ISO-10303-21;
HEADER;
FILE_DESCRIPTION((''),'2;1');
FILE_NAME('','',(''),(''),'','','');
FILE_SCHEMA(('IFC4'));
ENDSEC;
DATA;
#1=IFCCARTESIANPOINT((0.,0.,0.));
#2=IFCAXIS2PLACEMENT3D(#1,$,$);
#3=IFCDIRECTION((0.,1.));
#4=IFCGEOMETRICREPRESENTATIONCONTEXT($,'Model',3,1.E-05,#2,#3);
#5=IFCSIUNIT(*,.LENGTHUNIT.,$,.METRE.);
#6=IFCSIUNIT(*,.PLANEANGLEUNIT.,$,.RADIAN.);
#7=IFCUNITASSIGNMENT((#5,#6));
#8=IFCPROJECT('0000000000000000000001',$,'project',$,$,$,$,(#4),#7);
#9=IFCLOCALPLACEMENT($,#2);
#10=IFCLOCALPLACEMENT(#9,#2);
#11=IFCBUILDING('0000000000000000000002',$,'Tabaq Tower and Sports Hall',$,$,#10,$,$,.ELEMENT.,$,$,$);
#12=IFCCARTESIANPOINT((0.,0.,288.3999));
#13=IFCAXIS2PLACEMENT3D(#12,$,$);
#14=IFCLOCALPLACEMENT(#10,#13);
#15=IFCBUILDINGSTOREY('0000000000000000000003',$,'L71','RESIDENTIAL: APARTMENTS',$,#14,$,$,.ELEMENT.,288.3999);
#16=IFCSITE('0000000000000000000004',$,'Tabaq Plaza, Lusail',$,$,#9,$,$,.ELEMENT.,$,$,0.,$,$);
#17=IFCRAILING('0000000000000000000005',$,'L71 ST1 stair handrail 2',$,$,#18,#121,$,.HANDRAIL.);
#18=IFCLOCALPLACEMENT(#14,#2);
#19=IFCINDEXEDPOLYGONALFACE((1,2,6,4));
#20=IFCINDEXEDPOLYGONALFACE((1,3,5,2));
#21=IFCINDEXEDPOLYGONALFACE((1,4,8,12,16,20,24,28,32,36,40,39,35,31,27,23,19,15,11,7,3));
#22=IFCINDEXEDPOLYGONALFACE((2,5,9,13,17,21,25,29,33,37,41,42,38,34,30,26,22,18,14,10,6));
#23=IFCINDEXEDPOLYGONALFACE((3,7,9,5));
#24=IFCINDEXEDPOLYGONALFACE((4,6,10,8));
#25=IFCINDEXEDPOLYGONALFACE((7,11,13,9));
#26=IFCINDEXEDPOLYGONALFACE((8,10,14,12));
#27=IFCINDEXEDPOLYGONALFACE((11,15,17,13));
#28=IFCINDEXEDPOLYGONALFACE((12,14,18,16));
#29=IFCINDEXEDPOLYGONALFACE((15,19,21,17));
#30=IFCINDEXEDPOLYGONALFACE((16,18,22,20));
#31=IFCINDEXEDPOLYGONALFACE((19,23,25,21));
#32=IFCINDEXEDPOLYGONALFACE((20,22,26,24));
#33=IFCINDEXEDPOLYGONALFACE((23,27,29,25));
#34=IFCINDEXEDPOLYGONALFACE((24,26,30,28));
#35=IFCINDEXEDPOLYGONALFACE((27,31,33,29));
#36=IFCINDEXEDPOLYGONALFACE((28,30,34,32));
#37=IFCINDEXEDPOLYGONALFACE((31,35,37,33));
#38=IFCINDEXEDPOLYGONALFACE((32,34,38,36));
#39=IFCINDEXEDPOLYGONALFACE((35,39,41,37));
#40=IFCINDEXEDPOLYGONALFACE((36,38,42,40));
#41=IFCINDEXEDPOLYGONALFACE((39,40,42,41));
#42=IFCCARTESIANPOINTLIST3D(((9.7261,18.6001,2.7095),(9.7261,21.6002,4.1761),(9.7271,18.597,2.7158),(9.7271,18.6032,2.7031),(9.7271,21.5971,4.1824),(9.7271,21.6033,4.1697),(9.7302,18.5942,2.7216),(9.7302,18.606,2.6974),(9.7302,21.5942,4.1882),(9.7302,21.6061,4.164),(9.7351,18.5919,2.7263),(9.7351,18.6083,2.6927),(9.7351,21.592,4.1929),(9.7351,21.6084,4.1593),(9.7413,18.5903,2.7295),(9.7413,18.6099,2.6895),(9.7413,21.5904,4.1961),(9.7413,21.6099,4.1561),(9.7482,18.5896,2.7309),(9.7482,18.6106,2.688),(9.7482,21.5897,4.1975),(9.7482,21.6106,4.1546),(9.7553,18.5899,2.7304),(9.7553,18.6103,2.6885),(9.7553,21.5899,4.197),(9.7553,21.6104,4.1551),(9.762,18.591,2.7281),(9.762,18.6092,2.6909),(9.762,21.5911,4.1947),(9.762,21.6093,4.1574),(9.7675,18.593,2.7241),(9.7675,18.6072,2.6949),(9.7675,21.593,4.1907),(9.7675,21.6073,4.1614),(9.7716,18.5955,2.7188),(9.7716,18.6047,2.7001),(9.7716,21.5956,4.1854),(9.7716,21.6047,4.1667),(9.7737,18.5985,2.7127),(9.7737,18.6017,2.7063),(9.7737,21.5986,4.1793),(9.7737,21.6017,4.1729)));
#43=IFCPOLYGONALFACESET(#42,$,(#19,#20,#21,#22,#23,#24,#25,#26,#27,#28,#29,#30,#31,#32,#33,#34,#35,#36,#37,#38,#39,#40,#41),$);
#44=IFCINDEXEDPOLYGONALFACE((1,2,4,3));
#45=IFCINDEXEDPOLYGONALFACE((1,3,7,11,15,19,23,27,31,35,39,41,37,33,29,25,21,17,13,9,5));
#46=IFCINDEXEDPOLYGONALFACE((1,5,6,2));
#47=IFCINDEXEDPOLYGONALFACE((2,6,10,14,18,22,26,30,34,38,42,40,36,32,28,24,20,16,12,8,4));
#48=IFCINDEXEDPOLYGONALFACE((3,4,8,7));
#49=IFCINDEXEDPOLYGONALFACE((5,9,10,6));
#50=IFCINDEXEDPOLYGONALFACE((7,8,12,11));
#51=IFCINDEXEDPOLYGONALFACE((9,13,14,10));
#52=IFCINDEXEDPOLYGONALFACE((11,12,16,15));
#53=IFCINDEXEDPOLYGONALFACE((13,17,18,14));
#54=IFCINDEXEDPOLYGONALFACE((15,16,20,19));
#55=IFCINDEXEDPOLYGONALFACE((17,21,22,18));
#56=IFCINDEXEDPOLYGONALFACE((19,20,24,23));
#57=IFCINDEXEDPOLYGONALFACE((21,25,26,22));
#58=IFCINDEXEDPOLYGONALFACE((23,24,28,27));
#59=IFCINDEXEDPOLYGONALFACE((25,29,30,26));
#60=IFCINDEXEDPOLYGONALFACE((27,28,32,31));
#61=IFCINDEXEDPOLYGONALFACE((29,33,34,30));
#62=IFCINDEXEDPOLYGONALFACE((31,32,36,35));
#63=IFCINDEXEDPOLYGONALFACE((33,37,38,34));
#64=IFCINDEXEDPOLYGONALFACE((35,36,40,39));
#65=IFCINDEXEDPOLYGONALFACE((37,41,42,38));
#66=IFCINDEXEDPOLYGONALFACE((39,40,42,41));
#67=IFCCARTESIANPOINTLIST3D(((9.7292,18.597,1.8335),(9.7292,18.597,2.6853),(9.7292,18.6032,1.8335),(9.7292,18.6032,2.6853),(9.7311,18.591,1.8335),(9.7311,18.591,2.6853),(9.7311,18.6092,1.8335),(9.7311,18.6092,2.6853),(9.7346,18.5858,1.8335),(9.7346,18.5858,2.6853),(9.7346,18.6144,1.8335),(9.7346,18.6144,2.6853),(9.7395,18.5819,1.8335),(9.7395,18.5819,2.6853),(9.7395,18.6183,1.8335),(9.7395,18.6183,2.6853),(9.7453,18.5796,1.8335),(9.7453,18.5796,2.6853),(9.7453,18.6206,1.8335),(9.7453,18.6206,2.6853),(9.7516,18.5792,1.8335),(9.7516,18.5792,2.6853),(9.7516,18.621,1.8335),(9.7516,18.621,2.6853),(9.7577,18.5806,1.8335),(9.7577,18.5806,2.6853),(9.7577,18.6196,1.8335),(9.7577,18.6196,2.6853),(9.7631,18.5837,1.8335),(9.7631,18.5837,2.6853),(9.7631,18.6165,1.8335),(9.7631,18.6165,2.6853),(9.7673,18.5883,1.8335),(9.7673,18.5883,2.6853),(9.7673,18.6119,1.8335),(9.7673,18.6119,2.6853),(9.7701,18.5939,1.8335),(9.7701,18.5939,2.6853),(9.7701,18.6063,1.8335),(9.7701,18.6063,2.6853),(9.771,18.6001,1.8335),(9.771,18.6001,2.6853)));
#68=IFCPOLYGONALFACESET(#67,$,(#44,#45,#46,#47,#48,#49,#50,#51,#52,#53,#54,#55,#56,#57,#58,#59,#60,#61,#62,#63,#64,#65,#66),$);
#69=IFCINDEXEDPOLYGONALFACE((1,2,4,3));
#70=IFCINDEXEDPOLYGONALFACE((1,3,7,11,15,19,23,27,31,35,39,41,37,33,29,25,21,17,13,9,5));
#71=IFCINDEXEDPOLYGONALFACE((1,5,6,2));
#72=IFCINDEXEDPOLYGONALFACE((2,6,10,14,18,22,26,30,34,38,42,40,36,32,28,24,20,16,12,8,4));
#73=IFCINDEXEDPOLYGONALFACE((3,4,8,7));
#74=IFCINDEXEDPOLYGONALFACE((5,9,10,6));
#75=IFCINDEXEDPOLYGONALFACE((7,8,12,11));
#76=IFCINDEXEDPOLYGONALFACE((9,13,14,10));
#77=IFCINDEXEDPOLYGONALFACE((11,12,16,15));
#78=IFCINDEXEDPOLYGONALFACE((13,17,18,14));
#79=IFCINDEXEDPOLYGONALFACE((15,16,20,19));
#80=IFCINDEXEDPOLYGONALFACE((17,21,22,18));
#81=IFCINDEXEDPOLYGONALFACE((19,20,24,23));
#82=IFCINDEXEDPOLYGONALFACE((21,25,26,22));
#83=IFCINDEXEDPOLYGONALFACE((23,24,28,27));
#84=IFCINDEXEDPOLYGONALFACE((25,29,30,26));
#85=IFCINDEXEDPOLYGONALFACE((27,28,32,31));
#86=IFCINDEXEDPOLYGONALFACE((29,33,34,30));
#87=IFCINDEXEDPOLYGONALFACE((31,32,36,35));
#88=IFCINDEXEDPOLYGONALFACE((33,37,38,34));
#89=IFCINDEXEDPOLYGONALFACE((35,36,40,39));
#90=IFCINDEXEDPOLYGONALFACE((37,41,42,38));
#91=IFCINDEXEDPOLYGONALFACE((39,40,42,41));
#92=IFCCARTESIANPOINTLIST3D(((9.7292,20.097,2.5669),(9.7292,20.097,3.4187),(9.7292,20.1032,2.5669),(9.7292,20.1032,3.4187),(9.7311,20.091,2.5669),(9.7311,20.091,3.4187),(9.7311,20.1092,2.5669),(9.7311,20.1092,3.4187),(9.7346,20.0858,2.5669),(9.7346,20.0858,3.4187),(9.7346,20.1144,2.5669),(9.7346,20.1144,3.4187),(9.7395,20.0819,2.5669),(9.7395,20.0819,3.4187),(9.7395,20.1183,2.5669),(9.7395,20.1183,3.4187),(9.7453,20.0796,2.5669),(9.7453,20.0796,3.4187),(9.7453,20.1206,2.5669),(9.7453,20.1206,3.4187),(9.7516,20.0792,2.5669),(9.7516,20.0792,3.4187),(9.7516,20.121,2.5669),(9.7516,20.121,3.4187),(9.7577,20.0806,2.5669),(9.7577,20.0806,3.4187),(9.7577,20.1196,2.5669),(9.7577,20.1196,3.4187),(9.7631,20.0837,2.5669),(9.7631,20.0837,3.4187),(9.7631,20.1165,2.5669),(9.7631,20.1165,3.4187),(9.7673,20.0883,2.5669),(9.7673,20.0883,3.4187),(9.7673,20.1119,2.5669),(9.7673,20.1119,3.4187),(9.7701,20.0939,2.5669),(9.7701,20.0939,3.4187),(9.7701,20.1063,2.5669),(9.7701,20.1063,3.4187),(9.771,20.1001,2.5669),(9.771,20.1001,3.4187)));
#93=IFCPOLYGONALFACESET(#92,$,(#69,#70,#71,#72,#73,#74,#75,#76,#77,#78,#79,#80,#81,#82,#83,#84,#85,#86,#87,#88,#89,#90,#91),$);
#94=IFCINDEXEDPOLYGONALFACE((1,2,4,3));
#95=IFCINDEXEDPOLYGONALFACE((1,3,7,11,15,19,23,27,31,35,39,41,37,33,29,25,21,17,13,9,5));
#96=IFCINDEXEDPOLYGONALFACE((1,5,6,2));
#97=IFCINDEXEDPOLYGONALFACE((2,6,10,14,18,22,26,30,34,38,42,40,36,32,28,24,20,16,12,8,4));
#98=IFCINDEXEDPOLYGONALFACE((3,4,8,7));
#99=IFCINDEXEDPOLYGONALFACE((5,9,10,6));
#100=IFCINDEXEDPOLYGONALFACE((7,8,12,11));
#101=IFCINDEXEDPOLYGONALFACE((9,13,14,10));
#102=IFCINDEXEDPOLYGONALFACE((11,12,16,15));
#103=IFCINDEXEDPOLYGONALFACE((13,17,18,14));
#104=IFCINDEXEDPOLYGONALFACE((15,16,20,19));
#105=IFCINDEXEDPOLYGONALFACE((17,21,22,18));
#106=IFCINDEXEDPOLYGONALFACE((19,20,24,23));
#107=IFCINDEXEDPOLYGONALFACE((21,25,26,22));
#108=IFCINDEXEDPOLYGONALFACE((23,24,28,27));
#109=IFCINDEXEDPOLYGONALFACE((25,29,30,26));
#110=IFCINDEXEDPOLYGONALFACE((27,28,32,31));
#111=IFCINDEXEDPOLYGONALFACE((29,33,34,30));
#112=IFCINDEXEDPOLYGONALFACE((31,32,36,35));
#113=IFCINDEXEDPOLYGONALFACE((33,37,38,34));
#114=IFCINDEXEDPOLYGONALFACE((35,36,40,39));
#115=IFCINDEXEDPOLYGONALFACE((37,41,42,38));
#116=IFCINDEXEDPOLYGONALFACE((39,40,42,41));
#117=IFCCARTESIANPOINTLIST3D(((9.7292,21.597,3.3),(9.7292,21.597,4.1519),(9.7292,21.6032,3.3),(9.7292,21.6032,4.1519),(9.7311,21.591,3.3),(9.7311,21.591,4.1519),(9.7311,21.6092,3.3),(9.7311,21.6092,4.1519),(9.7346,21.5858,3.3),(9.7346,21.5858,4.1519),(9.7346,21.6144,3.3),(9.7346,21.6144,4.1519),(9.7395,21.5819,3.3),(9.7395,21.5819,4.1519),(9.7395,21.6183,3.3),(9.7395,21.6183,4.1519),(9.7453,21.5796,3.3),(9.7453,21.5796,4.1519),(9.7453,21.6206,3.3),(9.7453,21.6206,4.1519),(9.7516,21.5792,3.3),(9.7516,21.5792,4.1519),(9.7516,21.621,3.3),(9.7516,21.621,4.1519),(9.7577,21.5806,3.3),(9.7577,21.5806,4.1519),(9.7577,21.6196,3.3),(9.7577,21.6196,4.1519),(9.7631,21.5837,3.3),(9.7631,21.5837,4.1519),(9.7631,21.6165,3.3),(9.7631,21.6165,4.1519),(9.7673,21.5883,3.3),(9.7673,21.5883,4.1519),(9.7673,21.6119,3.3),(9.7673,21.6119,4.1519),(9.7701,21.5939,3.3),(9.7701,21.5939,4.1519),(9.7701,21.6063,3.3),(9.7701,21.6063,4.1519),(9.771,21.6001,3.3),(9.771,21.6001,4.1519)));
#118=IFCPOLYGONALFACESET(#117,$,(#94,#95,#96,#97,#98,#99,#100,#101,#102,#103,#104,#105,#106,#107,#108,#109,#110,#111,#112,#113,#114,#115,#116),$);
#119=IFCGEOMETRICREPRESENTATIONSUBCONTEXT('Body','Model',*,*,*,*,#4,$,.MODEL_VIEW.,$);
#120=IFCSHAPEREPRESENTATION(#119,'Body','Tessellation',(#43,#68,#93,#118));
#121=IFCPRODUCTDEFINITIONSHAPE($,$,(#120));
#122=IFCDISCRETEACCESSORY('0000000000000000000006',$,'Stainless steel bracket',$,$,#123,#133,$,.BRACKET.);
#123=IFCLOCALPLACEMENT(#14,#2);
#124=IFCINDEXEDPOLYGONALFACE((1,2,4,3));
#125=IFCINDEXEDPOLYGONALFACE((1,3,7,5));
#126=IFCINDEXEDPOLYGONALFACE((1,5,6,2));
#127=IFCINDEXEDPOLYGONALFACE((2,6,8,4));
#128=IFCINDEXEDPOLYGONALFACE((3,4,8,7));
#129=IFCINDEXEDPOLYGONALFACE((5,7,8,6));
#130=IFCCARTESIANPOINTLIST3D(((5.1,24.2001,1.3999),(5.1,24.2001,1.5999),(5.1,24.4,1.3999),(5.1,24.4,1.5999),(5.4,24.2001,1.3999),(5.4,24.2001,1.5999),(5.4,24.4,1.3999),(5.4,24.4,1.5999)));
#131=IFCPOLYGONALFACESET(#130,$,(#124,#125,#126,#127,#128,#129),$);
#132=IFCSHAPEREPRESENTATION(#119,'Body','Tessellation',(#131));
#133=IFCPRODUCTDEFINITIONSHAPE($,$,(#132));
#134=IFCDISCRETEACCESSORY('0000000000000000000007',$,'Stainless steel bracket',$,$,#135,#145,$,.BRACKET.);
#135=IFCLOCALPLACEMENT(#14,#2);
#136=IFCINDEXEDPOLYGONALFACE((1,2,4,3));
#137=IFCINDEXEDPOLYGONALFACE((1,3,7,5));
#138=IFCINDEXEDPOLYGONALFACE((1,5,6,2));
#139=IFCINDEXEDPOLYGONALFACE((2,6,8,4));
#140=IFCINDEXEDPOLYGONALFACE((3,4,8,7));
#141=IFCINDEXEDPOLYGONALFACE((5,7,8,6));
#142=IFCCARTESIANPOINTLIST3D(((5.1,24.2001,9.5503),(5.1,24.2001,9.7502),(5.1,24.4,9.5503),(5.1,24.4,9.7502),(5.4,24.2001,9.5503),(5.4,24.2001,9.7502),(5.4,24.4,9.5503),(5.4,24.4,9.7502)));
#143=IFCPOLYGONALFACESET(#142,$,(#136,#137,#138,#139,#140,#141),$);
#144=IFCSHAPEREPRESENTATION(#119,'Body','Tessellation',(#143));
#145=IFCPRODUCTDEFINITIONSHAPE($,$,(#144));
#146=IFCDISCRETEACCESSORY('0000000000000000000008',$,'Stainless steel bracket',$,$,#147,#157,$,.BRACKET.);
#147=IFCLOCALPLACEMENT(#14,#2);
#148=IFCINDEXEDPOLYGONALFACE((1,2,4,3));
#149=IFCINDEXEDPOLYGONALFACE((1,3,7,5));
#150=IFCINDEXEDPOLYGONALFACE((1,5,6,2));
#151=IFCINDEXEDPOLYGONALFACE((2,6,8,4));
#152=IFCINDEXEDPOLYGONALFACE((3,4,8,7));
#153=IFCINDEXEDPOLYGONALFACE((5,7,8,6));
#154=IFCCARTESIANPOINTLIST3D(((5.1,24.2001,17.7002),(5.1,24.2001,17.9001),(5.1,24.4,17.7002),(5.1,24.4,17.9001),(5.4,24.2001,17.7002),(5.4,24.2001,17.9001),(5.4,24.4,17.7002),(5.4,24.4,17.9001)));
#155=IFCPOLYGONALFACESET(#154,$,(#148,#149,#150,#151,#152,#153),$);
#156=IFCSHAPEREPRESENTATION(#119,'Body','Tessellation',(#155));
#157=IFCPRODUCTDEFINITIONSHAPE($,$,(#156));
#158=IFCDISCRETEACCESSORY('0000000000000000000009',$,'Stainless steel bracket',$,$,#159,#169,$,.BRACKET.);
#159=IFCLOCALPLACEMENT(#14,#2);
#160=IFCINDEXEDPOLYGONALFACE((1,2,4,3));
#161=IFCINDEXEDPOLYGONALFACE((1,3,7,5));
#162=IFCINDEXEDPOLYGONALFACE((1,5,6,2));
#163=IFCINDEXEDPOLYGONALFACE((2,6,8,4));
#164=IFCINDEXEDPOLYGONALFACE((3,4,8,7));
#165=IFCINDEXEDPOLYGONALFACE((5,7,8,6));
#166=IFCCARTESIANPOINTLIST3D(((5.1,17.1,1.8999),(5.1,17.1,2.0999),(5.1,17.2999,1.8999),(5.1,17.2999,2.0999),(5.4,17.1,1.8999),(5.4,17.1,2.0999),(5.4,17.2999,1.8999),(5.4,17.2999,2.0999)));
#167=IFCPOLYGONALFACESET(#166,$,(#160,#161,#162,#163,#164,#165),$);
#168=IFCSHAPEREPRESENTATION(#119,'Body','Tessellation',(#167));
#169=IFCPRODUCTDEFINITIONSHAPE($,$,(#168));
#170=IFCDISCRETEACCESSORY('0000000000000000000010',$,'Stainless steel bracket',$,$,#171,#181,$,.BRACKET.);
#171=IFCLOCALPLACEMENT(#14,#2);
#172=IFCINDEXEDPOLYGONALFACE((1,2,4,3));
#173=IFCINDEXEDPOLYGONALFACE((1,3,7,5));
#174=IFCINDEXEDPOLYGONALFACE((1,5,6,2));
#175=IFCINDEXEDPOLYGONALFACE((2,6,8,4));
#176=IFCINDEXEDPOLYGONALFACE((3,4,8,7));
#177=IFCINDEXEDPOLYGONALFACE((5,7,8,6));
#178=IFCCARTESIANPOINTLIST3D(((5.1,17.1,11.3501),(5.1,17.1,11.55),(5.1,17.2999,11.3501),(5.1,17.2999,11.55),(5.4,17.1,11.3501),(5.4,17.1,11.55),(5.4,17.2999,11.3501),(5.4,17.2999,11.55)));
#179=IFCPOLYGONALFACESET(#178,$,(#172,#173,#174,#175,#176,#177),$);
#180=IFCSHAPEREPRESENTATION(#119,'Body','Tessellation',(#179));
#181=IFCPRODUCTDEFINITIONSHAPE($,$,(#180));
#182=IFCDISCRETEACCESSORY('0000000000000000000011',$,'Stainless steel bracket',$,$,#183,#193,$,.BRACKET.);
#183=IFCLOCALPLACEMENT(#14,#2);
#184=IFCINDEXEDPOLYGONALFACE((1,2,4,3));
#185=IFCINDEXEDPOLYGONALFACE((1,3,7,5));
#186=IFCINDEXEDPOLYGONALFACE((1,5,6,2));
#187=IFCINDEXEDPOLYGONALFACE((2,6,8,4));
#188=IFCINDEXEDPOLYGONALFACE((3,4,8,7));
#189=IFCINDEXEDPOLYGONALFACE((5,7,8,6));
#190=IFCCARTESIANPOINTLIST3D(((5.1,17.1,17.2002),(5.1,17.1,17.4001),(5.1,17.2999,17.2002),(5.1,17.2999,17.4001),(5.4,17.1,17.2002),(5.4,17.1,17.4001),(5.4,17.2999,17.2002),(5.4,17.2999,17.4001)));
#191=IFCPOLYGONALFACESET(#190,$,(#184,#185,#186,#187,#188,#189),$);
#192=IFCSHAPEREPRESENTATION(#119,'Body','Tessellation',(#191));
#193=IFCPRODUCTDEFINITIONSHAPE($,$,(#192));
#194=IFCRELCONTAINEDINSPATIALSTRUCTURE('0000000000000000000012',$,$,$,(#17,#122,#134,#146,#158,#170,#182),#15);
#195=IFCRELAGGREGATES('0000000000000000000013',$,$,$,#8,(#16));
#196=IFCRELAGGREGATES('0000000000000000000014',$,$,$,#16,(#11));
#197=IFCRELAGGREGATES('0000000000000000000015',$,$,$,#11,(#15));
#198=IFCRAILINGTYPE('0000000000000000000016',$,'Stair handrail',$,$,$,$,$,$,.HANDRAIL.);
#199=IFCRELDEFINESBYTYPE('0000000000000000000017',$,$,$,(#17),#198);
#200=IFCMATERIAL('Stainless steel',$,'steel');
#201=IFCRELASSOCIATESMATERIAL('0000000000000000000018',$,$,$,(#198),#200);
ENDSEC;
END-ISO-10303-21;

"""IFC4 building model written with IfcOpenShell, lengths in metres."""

from ifc_helpers import new_model, si_unit, direction, frame, origin, origin_2d, place, context, subcontext, project, spatial, rectangle, circle, extrude, material, type_object, element, save


model = new_model("IFC4")

# Units and contexts
model_context = context("Model", 3, precision=1e-05, world=origin(), true_north=direction((0.0, 1.0)))
body_context = subcontext(model_context, "Body", "Model", "MODEL_VIEW")
ifc_project = project(units=[si_unit("LENGTHUNIT", "METRE"), si_unit("PLANEANGLEUNIT", "RADIAN")], contexts=[model_context])

# Site, building, storey
site_placement = place(None, origin())
site = spatial("IfcSite", under=ifc_project, at=site_placement, Name="Tabaq Plaza, Lusail", CompositionType="ELEMENT", RefElevation=0.0)
building_placement = place(site_placement, origin())
building = spatial("IfcBuilding", under=site, at=building_placement, Name="Tabaq Tower and Sports Hall", CompositionType="ELEMENT")
storey_placement = place(building_placement, frame((0.0, 0.0, 288.3999)))
storey = spatial("IfcBuildingStorey", under=building, at=storey_placement, Name="L71", Description="RESIDENTIAL: APARTMENTS", CompositionType="ELEMENT", Elevation=288.3999)

# Railing
ifc_material_1 = material(Name="Stainless steel", Category="steel")
railing_type = type_object("IfcRailingType", Name="Stair handrail", PredefinedType="HANDRAIL", material=ifc_material_1)
railing_1_placement = place(storey_placement, frame((9.75, 18.6001, 1.8335)))
element("IfcRailing", 1, at=railing_1_placement, inside=storey, type_object=railing_type, Name="L71 ST1 stair handrail 2", PredefinedType="HANDRAIL", context=body_context, shape_type="SweptSolid", body=[
    extrude(circle(Radius=0.0239, at=origin_2d()), frame((0.0, 0.0, 0.876), z_axis=(0.0, 0.898398, 0.439183), x_axis=(-1.0, 0.0, 0.0)), (0.0, 0.0, 1.0), 3.3394),
    extrude(circle(Radius=0.021, at=origin_2d()), origin(), (0.0, 0.0, 1.0), 0.8518),
    extrude(circle(Radius=0.021, at=origin_2d()), frame((0.0, 1.5, 0.7334)), (0.0, 0.0, 1.0), 0.8518),
    extrude(circle(Radius=0.021, at=origin_2d()), frame((0.0, 3.0, 1.4666)), (0.0, 0.0, 1.0), 0.8518),
])

# Discrete accessories
for number, where, z_axis, x_axis, name in (
    (2, (5.25, 24.3, 1.3999), (0.0, 0.0, 1.0), (0.0, 1.0, 0.0), "Stainless steel bracket"),
    (3, (5.25, 24.3, 9.5503), (0.0, 0.0, 1.0), (0.0, 1.0, 0.0), "Stainless steel bracket"),
    (4, (5.25, 24.3, 17.7002), (0.0, 0.0, 1.0), (0.0, 1.0, 0.0), "Stainless steel bracket"),
    (5, (5.25, 17.2, 1.8999), (0.0, 0.0, 1.0), (0.0, 1.0, 0.0), "Stainless steel bracket"),
    (6, (5.25, 17.2, 11.3501), (0.0, 0.0, 1.0), (0.0, 1.0, 0.0), "Stainless steel bracket"),
    (7, (5.25, 17.2, 17.2002), (0.0, 0.0, 1.0), (0.0, 1.0, 0.0), "Stainless steel bracket"),
):
    element("IfcDiscreteAccessory", number, at=place(storey_placement, frame(where, z_axis=z_axis, x_axis=x_axis)), inside=storey, Name=name, PredefinedType="BRACKET", context=body_context, shape_type="SweptSolid", body=[
        extrude(rectangle(XDim=0.2, YDim=0.3, at=origin_2d()), origin(), (0.0, 0.0, 1.0), 0.2),
    ])

save(model, "model.ifc")
